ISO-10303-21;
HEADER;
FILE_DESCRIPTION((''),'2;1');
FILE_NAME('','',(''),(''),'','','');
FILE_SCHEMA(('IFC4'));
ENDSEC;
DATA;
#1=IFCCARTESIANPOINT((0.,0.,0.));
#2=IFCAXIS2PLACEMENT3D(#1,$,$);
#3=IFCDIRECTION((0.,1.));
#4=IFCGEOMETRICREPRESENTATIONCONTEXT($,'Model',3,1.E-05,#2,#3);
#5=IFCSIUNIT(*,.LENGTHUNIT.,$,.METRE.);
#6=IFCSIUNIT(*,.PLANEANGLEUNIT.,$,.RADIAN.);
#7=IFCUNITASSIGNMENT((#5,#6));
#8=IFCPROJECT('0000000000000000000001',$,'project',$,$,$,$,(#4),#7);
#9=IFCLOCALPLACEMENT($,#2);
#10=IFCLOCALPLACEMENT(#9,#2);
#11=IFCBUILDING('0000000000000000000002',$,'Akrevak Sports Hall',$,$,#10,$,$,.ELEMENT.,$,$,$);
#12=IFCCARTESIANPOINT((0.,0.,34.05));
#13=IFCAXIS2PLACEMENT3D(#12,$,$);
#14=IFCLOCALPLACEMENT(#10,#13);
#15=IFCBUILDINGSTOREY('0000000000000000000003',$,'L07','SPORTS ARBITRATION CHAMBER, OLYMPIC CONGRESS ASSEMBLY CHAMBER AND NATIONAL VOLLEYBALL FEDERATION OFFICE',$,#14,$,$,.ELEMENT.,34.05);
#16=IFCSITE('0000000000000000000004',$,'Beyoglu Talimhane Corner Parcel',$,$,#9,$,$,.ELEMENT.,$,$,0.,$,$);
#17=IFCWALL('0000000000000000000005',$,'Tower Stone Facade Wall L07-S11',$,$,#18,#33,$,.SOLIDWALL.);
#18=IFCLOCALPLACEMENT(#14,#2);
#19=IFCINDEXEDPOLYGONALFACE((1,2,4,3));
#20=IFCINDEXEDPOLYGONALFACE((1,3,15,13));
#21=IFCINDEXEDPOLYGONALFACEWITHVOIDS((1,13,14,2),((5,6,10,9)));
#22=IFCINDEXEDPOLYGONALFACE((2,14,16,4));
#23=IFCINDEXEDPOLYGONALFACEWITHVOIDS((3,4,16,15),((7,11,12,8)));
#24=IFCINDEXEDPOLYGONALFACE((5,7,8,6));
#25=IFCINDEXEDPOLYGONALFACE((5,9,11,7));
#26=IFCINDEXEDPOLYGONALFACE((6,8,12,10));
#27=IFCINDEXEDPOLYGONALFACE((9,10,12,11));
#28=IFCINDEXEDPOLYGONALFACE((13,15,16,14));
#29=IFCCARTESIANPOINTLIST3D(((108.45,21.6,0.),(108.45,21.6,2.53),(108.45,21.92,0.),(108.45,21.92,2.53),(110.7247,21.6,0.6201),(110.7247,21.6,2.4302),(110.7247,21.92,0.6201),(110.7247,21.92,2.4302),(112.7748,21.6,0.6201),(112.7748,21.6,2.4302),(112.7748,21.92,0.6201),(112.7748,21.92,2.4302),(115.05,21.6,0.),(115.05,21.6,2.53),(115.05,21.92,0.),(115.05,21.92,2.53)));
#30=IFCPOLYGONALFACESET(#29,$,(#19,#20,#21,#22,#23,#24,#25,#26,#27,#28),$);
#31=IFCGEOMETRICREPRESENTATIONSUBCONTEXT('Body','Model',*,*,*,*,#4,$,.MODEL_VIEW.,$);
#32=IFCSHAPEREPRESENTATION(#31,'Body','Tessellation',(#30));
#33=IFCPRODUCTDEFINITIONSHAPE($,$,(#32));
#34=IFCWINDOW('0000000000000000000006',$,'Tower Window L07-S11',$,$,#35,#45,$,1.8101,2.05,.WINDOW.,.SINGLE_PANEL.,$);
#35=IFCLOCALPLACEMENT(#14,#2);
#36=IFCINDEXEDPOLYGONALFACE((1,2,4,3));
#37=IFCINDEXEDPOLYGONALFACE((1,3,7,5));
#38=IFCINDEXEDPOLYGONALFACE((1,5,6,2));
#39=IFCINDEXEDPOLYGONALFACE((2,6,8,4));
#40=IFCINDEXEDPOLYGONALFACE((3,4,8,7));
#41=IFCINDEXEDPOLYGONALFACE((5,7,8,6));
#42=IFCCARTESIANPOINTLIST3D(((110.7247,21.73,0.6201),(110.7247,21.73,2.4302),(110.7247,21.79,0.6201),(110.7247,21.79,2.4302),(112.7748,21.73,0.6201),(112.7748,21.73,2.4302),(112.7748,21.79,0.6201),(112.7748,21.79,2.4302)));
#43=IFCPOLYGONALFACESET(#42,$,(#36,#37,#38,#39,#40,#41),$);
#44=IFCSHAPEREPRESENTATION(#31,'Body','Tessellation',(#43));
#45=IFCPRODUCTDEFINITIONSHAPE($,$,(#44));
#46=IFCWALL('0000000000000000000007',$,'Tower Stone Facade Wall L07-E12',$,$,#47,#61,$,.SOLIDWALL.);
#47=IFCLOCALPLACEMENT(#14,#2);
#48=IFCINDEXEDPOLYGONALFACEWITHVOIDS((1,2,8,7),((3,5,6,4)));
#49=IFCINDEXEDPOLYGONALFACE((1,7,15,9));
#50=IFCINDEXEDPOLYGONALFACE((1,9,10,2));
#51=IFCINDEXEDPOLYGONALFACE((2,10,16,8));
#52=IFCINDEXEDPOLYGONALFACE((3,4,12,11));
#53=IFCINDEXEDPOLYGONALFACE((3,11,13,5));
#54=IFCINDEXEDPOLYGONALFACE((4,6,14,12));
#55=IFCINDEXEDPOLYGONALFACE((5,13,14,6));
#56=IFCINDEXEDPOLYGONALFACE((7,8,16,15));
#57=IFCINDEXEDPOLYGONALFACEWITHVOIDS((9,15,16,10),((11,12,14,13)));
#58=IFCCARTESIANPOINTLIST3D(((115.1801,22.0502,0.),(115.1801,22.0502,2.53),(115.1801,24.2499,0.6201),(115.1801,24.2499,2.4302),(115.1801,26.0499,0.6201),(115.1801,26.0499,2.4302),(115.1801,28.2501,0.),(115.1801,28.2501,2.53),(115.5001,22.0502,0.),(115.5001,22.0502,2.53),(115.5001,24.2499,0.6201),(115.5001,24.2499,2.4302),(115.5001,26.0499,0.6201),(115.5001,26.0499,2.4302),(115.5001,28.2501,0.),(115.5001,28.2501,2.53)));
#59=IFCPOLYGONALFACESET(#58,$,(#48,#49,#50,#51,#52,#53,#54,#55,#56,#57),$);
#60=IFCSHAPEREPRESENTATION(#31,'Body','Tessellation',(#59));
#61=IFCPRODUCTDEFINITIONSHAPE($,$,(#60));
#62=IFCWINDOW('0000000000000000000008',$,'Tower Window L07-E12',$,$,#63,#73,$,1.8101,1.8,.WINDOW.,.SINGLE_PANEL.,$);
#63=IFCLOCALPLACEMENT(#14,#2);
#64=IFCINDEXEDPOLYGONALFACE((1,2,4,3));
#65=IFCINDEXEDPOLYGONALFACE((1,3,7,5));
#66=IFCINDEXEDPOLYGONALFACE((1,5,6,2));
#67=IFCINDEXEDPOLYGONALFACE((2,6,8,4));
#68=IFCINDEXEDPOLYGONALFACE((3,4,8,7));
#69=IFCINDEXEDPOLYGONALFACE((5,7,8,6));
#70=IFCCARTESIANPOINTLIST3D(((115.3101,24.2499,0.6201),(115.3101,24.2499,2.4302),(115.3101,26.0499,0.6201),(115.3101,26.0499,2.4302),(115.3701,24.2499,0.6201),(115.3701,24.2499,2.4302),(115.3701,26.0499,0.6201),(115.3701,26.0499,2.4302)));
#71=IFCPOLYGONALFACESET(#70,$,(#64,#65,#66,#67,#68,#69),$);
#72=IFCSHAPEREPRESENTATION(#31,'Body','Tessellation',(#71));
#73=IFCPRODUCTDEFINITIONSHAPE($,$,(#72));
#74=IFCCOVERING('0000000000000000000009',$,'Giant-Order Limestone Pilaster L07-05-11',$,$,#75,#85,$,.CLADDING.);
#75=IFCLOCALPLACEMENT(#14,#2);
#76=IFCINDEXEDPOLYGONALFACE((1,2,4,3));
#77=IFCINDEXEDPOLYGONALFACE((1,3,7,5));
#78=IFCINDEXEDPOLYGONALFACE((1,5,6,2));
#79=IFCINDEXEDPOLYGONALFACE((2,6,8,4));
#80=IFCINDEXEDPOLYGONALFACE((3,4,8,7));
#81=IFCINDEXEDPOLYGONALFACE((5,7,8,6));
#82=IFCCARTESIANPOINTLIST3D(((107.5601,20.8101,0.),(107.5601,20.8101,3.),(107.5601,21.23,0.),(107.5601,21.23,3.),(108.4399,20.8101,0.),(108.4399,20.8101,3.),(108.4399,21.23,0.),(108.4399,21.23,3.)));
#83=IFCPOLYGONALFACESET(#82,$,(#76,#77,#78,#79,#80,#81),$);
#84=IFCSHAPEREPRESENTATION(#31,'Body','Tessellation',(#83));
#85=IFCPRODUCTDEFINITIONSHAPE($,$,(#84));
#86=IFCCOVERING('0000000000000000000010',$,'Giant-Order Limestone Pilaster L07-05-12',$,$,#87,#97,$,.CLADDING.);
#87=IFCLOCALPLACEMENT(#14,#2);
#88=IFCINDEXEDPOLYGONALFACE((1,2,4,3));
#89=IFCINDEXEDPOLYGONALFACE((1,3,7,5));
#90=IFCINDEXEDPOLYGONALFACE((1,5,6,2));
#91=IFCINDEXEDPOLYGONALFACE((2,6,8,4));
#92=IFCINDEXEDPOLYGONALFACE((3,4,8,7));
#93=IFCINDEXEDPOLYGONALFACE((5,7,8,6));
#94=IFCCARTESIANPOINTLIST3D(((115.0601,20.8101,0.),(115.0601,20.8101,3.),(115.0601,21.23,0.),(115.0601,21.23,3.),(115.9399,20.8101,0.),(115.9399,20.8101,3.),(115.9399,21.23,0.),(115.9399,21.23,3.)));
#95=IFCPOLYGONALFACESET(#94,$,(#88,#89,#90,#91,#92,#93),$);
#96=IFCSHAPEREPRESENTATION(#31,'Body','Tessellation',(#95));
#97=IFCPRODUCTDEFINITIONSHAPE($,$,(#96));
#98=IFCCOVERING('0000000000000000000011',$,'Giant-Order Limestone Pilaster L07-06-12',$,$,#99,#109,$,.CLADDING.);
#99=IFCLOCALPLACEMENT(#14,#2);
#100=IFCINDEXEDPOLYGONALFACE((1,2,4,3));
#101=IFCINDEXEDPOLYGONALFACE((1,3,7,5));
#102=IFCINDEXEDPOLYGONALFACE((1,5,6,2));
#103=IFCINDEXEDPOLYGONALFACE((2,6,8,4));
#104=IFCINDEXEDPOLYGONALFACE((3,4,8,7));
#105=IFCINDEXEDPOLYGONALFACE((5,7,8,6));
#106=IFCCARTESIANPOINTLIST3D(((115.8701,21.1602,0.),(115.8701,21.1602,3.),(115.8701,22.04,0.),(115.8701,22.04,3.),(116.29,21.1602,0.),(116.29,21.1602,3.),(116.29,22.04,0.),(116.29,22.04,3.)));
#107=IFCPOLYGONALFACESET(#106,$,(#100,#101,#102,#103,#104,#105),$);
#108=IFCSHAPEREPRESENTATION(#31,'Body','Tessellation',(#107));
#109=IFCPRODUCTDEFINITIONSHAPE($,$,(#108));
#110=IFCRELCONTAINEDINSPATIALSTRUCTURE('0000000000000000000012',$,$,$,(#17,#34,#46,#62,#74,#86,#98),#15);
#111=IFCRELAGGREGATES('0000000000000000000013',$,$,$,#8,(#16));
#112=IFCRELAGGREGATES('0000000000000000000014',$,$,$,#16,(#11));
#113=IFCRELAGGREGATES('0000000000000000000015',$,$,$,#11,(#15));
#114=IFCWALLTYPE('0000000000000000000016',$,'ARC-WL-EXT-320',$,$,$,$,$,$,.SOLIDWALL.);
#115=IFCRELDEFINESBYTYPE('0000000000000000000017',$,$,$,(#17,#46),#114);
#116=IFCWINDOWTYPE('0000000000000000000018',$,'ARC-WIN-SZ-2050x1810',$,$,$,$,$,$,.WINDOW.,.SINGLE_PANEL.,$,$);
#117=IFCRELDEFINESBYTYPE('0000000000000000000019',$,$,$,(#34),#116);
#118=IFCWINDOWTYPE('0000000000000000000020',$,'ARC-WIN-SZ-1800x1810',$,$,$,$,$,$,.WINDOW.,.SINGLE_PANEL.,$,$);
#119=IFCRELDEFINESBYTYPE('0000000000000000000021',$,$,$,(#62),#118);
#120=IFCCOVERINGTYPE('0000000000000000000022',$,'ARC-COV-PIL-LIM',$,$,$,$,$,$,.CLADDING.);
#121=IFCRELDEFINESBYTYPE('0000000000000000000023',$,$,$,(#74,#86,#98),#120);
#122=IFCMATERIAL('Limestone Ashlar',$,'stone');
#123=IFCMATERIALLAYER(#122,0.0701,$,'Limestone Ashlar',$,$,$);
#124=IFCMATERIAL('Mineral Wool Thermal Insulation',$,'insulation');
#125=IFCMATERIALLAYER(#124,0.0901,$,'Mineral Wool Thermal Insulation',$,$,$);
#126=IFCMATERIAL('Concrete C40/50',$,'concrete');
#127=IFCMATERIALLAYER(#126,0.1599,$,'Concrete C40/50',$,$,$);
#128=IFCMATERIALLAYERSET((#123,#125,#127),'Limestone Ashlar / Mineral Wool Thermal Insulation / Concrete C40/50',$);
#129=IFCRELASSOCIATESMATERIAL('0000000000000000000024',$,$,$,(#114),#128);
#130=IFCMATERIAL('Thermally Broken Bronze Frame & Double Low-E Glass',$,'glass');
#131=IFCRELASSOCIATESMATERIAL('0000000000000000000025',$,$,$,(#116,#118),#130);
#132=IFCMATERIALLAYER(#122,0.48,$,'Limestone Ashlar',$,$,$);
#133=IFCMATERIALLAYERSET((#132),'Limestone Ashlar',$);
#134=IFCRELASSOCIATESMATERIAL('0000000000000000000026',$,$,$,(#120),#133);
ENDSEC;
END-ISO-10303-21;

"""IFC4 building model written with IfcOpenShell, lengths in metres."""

from ifc_helpers import new_model, si_unit, direction, frame, frame_2d, origin, origin_2d, place, context, subcontext, project, spatial, rectangle, extrude, material, layer, layer_set, type_object, element, fill, save


model = new_model("IFC4")

# Units and contexts
model_context = context("Model", 3, precision=1e-05, world=origin(), true_north=direction((0.0, 1.0)))
body_context = subcontext(model_context, "Body", "Model", "MODEL_VIEW")
ifc_project = project(units=[si_unit("LENGTHUNIT", "METRE"), si_unit("PLANEANGLEUNIT", "RADIAN")], contexts=[model_context])

# Site, building, storey
site_placement = place(None, origin())
site = spatial("IfcSite", under=ifc_project, at=site_placement, Name="Beyoglu Talimhane Corner Parcel", CompositionType="ELEMENT", RefElevation=0.0)
building_placement = place(site_placement, origin())
building = spatial("IfcBuilding", under=site, at=building_placement, Name="Akrevak Sports Hall", CompositionType="ELEMENT")
storey_placement = place(building_placement, frame((0.0, 0.0, 34.05)))
storey = spatial("IfcBuildingStorey", under=building, at=storey_placement, Name="L07", Description="SPORTS ARBITRATION CHAMBER, OLYMPIC CONGRESS ASSEMBLY CHAMBER AND NATIONAL VOLLEYBALL FEDERATION OFFICE", CompositionType="ELEMENT", Elevation=34.05)

# Shared definitions
ifc_material_1 = material(Name="Concrete C40/50", Category="concrete")

# Walls, openings, windows
ifc_material_2 = material(Name="Limestone Ashlar", Category="stone")
ifc_layer_1 = layer(ifc_material_2, 0.0701, Name="Limestone Ashlar")
ifc_material_3 = material(Name="Mineral Wool Thermal Insulation", Category="insulation")
ifc_layer_2 = layer(ifc_material_3, 0.0901, Name="Mineral Wool Thermal Insulation")
ifc_layer_3 = layer(ifc_material_1, 0.1599, Name="Concrete C40/50")
ifc_layer_set_1 = layer_set([ifc_layer_1, ifc_layer_2, ifc_layer_3], Name="Limestone Ashlar / Mineral Wool Thermal Insulation / Concrete C40/50")
wall_type = type_object("IfcWallType", Name="ARC-WL-EXT-320", PredefinedType="SOLIDWALL", material=ifc_layer_set_1)
ifc_material_4 = material(Name="Thermally Broken Bronze Frame & Double Low-E Glass", Category="glass")
wall_1_placement = place(storey_placement, frame((108.45, 21.76, 0.0), z_axis=(0.0, 0.0, 1.0), x_axis=(1.0, 0.0, 0.0)))
wall_1 = element("IfcWall", 1, at=wall_1_placement, inside=storey, type_object=wall_type, Name="Tower Stone Facade Wall L07-S11", PredefinedType="SOLIDWALL", context=body_context, shape_type="SweptSolid", body=[
    extrude(rectangle(XDim=6.6001, YDim=0.3201, at=frame_2d((3.3, 0.0))), origin(), (0.0, 0.0, 1.0), 2.53),
])
opening_1_placement = place(wall_1_placement, frame((2.2749, 0.0, 0.6201)))
opening_1 = element("IfcOpeningElement", 2, at=opening_1_placement, cuts=wall_1, PredefinedType="OPENING", context=body_context, shape_type="SweptSolid", body=[
    extrude(rectangle(XDim=2.05, YDim=1.8101, at=frame_2d((1.0249, 0.905))), frame((0.0, 0.1719, 0.0), z_axis=(0.0, -1.0, 0.0), x_axis=(1.0, 0.0, 0.0)), (0.0, 0.0, 1.0), 0.344),
])
window_type_1 = type_object("IfcWindowType", Name="ARC-WIN-SZ-2050x1810", PartitioningType="SINGLE_PANEL", PredefinedType="WINDOW", material=ifc_material_4)
window_1_placement = place(opening_1_placement, origin())
window_1 = element("IfcWindow", 3, at=window_1_placement, inside=storey, type_object=window_type_1, Name="Tower Window L07-S11", OverallHeight=1.8101, OverallWidth=2.05, PartitioningType="SINGLE_PANEL", PredefinedType="WINDOW", context=body_context, shape_type="SweptSolid", body=[
    extrude(rectangle(XDim=2.05, YDim=1.8101, at=frame_2d((1.0249, 0.905))), frame((0.0, 0.03, 0.0), z_axis=(0.0, -1.0, 0.0), x_axis=(1.0, 0.0, 0.0)), (0.0, 0.0, 1.0), 0.0601),
])
fill(opening_1, window_1)
wall_2_placement = place(storey_placement, frame((115.3401, 22.05, 0.0), z_axis=(0.0, 0.0, 1.0), x_axis=(0.0, 1.0, 0.0)))
wall_2 = element("IfcWall", 4, at=wall_2_placement, inside=storey, type_object=wall_type, Name="Tower Stone Facade Wall L07-E12", PredefinedType="SOLIDWALL", context=body_context, shape_type="SweptSolid", body=[
    extrude(rectangle(XDim=6.2, YDim=0.3201, at=frame_2d((3.1001, 0.0))), origin(), (0.0, 0.0, 1.0), 2.53),
])
opening_2_placement = place(wall_2_placement, frame((2.2, 0.0, 0.6201)))
opening_2 = element("IfcOpeningElement", 5, at=opening_2_placement, cuts=wall_2, PredefinedType="OPENING", context=body_context, shape_type="SweptSolid", body=[
    extrude(rectangle(XDim=1.8, YDim=1.8101, at=frame_2d((0.8999, 0.905))), frame((0.0, 0.1719, 0.0), z_axis=(0.0, -1.0, 0.0), x_axis=(1.0, 0.0, 0.0)), (0.0, 0.0, 1.0), 0.344),
])
window_type_2 = type_object("IfcWindowType", Name="ARC-WIN-SZ-1800x1810", PartitioningType="SINGLE_PANEL", PredefinedType="WINDOW", material=ifc_material_4)
window_2_placement = place(opening_2_placement, origin())
window_2 = element("IfcWindow", 6, at=window_2_placement, inside=storey, type_object=window_type_2, Name="Tower Window L07-E12", OverallHeight=1.8101, OverallWidth=1.8, PartitioningType="SINGLE_PANEL", PredefinedType="WINDOW", context=body_context, shape_type="SweptSolid", body=[
    extrude(rectangle(XDim=1.8, YDim=1.8101, at=frame_2d((0.8999, 0.905))), frame((0.0, 0.03, 0.0), z_axis=(0.0, -1.0, 0.0), x_axis=(1.0, 0.0, 0.0)), (0.0, 0.0, 1.0), 0.0601),
])
fill(opening_2, window_2)

# Coverings
ifc_layer_4 = layer(ifc_material_2, 0.48, Name="Limestone Ashlar")
ifc_layer_set_2 = layer_set([ifc_layer_4], Name="Limestone Ashlar")
covering_type = type_object("IfcCoveringType", Name="ARC-COV-PIL-LIM", PredefinedType="CLADDING", material=ifc_layer_set_2)
for number, where, z_axis, x_axis, name in (
    (7, (108.0, 21.02, 0.0), (0.0, 0.0, 1.0), (1.0, 0.0, 0.0), "Giant-Order Limestone Pilaster L07-05-11"),
    (8, (115.5, 21.02, 0.0), (0.0, 0.0, 1.0), (1.0, 0.0, 0.0), "Giant-Order Limestone Pilaster L07-05-12"),
    (9, (116.0801, 21.6001, 0.0), (0.0, 0.0, 1.0), (0.0, 1.0, 0.0), "Giant-Order Limestone Pilaster L07-06-12"),
):
    element("IfcCovering", number, at=place(storey_placement, frame(where, z_axis=z_axis, x_axis=x_axis)), inside=storey, type_object=covering_type, Name=name, PredefinedType="CLADDING", context=body_context, shape_type="SweptSolid", body=[
        extrude(rectangle(XDim=0.8799, YDim=0.4199, at=origin_2d()), origin(), (0.0, 0.0, 1.0), 3.0),
    ])

save(model, "model.ifc")
